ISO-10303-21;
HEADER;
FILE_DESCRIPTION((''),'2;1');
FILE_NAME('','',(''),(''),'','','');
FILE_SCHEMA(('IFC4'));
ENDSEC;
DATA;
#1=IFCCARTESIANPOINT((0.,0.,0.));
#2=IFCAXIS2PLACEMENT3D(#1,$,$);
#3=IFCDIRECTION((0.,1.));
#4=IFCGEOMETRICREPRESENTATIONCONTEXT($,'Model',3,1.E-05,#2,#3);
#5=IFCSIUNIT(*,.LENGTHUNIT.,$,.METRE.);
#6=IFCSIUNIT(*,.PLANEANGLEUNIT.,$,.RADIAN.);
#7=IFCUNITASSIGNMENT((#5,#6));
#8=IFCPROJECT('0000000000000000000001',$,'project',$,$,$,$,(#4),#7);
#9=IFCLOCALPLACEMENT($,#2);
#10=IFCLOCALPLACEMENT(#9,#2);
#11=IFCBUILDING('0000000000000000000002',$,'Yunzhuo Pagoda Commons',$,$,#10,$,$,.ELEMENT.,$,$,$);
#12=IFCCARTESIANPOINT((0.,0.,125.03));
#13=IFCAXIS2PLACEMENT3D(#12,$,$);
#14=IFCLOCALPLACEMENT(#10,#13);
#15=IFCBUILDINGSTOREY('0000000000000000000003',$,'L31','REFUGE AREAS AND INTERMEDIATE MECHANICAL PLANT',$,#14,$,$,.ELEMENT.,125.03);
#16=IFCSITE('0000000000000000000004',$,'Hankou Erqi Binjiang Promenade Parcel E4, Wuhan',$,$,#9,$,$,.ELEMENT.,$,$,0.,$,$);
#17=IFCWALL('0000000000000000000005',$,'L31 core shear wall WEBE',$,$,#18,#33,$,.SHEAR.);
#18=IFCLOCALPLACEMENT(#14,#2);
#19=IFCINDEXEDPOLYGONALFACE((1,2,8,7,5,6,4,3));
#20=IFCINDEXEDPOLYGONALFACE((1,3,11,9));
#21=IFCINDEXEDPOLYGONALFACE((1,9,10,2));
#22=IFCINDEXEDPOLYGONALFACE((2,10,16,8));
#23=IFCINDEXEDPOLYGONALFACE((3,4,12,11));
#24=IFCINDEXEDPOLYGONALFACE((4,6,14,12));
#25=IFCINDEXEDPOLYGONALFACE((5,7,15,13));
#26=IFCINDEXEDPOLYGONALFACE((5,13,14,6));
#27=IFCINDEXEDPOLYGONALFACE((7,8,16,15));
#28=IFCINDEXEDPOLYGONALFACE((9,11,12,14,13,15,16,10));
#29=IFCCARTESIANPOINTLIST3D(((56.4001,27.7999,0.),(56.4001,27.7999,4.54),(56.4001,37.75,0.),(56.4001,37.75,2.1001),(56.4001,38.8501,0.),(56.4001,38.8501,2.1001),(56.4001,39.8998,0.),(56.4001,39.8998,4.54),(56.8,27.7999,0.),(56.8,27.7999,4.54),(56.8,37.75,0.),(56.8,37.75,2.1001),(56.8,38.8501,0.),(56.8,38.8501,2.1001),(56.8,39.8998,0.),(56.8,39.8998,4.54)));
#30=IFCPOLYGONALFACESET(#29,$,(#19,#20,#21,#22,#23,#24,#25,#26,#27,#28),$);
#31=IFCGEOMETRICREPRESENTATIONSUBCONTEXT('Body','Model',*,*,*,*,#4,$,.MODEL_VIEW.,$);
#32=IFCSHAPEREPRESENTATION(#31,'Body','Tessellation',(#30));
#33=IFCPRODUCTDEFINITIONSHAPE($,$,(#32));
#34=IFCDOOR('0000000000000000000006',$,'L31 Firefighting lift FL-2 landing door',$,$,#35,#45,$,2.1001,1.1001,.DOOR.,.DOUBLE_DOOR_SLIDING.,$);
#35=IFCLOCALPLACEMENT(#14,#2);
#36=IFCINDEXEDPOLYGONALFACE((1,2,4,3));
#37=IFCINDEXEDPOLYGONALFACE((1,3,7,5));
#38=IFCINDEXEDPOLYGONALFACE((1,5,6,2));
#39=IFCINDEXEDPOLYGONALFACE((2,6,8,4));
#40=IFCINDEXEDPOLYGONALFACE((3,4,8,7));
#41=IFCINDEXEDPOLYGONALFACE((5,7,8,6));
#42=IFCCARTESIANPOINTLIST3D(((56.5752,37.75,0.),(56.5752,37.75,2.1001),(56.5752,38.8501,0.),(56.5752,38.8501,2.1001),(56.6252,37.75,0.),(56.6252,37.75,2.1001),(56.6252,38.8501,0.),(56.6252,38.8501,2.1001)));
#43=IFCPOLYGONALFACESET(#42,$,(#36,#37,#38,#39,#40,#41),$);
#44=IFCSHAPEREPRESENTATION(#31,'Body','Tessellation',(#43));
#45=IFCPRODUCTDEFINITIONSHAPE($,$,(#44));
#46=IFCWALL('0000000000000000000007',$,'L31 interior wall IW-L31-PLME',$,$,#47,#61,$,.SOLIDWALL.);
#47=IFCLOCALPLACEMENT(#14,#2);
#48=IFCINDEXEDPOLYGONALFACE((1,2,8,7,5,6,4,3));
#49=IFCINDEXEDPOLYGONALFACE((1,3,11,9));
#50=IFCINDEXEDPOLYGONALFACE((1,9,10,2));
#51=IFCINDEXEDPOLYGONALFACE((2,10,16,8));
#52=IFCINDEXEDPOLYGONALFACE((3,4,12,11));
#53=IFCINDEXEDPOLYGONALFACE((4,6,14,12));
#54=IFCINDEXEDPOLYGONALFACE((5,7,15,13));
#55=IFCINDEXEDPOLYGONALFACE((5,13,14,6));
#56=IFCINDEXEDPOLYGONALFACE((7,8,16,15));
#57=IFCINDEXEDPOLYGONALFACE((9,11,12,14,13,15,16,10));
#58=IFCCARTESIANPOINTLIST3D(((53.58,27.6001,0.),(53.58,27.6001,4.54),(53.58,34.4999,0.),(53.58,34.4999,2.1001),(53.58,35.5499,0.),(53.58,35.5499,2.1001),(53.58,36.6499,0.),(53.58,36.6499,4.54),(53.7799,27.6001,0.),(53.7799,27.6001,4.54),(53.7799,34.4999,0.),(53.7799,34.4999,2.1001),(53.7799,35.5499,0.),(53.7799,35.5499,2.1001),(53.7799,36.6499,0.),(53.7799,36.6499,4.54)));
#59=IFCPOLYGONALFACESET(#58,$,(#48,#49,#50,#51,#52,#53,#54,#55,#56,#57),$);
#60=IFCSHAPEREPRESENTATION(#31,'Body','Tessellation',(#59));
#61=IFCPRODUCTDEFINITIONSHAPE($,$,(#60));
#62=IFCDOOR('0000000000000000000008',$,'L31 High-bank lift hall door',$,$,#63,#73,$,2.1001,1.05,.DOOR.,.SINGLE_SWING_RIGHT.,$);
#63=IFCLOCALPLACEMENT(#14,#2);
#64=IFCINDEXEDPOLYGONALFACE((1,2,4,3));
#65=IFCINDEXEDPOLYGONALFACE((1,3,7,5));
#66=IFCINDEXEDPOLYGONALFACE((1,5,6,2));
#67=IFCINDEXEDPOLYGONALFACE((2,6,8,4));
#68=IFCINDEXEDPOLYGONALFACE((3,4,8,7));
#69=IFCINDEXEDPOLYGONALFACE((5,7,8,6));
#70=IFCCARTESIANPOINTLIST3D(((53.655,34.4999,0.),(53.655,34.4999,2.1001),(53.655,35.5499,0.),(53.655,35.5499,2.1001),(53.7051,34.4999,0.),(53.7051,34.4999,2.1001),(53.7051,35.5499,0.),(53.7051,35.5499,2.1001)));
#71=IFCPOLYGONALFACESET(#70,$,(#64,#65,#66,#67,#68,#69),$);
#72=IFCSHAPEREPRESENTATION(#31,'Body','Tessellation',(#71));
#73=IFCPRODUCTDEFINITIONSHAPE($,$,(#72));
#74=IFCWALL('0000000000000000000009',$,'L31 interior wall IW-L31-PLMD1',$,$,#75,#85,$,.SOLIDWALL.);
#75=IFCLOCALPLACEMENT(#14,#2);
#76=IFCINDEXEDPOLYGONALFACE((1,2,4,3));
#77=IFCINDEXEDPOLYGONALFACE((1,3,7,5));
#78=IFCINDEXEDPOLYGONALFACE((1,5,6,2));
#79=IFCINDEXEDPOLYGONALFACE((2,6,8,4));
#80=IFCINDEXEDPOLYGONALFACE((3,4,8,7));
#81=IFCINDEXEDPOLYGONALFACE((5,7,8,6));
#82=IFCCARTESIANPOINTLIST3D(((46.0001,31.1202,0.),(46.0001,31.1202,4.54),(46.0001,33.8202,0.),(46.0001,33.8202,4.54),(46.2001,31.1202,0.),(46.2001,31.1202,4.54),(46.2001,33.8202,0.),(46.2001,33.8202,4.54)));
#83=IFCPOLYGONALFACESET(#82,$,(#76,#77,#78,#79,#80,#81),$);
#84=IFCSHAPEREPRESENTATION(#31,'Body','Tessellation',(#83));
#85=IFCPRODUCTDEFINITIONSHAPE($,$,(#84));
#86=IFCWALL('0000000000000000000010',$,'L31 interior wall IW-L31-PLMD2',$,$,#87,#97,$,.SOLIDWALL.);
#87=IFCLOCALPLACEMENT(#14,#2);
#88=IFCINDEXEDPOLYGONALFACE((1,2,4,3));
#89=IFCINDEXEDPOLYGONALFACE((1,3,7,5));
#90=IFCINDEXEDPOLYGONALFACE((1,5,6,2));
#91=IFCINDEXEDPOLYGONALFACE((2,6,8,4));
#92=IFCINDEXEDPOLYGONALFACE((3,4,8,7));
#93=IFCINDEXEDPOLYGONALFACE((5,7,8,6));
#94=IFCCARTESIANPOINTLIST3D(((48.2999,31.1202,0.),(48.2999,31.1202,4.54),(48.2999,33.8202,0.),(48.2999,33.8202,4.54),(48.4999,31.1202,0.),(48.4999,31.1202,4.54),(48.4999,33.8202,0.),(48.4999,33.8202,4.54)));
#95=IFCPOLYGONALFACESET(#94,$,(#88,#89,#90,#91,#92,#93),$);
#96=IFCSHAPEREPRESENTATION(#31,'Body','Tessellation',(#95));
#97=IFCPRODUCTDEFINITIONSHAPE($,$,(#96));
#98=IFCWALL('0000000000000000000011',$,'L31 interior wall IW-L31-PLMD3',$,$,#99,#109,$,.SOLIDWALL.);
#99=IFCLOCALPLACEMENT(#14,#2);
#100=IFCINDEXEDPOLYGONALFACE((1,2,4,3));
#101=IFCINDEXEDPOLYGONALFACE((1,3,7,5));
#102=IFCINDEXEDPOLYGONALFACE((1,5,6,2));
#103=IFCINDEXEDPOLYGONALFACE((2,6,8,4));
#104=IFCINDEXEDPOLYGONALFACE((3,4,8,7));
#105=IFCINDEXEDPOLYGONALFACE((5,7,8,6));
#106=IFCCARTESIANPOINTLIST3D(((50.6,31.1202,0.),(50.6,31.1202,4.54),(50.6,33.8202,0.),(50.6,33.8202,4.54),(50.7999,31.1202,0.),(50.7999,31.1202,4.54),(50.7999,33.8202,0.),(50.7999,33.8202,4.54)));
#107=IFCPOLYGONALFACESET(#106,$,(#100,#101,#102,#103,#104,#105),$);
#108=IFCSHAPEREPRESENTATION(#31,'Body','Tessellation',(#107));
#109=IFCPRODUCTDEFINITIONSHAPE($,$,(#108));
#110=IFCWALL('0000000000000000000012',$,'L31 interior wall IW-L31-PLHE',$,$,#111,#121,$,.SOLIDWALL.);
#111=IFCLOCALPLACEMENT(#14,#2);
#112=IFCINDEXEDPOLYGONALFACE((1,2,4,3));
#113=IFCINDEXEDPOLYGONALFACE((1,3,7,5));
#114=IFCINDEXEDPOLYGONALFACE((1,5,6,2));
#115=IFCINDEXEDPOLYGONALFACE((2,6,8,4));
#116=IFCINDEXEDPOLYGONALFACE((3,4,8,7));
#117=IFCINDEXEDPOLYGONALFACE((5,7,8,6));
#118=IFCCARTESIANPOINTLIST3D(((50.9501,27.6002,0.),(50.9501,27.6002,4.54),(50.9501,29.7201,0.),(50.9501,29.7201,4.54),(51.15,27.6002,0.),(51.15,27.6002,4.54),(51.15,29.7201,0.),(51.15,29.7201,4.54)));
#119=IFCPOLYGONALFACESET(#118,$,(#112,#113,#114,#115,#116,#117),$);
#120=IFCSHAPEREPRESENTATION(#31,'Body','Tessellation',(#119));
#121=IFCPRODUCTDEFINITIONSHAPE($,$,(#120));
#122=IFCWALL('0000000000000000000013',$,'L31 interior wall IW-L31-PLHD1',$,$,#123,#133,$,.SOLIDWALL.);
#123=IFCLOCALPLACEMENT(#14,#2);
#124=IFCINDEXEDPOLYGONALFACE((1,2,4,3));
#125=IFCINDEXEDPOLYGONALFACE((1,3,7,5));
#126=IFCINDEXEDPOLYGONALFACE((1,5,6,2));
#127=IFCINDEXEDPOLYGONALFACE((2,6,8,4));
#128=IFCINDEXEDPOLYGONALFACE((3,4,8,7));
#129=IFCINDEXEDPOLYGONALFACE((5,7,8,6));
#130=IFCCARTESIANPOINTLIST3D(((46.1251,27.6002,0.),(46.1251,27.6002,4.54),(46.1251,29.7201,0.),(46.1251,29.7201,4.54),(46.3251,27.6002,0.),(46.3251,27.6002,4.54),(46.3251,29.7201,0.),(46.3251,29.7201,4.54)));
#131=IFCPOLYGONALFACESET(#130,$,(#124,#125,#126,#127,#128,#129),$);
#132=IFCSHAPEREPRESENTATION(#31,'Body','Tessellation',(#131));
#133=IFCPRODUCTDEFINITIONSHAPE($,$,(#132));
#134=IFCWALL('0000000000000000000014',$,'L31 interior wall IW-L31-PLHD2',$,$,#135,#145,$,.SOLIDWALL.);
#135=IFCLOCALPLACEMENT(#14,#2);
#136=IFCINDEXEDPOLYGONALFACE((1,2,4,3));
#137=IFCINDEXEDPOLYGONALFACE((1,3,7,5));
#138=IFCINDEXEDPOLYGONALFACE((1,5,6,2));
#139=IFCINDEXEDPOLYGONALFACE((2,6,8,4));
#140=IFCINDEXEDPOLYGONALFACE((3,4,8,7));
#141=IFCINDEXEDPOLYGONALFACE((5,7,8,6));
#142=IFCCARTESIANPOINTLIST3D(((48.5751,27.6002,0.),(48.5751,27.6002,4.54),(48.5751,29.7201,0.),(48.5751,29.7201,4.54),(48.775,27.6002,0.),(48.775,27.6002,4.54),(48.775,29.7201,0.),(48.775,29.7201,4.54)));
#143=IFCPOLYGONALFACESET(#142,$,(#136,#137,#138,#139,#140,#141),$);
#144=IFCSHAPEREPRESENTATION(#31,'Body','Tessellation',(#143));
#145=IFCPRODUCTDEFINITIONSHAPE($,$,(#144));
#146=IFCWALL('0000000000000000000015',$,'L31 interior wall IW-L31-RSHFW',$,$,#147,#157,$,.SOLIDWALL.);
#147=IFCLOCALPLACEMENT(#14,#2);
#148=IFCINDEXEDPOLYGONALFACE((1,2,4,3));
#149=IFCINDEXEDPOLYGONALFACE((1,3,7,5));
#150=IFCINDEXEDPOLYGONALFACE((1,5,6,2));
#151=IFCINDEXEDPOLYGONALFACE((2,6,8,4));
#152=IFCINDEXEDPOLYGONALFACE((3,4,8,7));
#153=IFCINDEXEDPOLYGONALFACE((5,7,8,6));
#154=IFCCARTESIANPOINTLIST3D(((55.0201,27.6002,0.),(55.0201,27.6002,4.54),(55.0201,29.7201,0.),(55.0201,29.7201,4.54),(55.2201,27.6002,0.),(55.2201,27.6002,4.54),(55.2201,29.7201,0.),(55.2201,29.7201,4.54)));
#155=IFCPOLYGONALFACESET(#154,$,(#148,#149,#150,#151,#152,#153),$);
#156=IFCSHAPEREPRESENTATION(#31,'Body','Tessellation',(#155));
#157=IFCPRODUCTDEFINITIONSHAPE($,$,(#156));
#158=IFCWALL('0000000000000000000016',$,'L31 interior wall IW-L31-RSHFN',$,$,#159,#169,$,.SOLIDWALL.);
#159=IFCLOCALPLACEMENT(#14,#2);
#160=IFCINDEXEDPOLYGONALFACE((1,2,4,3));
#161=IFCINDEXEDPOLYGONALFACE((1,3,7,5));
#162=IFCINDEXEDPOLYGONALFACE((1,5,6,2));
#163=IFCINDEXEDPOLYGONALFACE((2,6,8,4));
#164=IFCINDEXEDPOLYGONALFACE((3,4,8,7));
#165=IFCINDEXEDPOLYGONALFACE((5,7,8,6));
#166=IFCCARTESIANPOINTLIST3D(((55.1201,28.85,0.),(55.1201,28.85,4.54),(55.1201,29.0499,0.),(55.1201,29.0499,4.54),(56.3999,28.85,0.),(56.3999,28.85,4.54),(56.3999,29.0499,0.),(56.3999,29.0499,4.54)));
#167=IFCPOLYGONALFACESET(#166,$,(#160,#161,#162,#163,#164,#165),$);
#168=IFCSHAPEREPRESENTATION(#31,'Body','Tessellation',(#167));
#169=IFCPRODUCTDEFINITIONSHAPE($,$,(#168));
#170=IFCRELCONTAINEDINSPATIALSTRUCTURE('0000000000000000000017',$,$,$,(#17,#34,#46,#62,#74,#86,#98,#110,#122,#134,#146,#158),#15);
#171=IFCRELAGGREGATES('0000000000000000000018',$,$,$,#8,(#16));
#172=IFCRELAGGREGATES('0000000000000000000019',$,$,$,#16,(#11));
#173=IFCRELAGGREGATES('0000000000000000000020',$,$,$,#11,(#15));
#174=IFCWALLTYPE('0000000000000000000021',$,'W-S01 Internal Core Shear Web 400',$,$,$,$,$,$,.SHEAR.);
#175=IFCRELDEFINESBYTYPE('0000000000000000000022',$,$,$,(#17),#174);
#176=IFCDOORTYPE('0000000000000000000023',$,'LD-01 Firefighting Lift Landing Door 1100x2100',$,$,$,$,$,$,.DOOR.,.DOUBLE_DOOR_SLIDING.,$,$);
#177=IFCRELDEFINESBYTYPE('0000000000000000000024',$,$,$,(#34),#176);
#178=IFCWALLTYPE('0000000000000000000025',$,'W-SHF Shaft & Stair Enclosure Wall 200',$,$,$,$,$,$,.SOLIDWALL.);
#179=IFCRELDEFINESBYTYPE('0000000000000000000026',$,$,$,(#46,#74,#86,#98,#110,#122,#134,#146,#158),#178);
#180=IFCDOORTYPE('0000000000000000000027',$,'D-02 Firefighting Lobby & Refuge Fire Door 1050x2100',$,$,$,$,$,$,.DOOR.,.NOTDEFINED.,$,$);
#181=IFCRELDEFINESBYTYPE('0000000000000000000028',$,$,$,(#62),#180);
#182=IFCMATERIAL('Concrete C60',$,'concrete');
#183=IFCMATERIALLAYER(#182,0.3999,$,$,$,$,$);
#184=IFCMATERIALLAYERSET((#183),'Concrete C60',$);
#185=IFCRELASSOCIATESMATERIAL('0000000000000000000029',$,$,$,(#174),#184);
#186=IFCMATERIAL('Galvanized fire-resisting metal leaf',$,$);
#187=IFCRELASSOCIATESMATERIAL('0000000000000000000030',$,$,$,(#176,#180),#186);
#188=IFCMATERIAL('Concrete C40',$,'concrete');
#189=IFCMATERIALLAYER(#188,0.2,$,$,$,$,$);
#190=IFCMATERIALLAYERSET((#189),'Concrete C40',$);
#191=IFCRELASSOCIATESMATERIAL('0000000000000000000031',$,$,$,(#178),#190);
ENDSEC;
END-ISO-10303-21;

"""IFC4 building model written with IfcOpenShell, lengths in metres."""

from ifc_helpers import new_model, si_unit, direction, frame, frame_2d, origin, origin_with_axes, place, context, subcontext, project, spatial, rectangle, extrude, source, transform, mapped, material, layer, layer_set, type_object, element, fill, save


model = new_model("IFC4")

# Units and contexts
model_context = context("Model", 3, precision=1e-05, world=origin(), true_north=direction((0.0, 1.0)))
body_context = subcontext(model_context, "Body", "Model", "MODEL_VIEW")
ifc_project = project(units=[si_unit("LENGTHUNIT", "METRE"), si_unit("PLANEANGLEUNIT", "RADIAN")], contexts=[model_context])

# Site, building, storey
site_placement = place(None, origin())
site = spatial("IfcSite", under=ifc_project, at=site_placement, Name="Hankou Erqi Binjiang Promenade Parcel E4, Wuhan", CompositionType="ELEMENT", RefElevation=0.0)
building_placement = place(site_placement, origin())
building = spatial("IfcBuilding", under=site, at=building_placement, Name="Yunzhuo Pagoda Commons", CompositionType="ELEMENT")
storey_placement = place(building_placement, frame((0.0, 0.0, 125.03)))
storey = spatial("IfcBuildingStorey", under=building, at=storey_placement, Name="L31", Description="REFUGE AREAS AND INTERMEDIATE MECHANICAL PLANT", CompositionType="ELEMENT", Elevation=125.03)

# Shared definitions
ifc_material_1 = material(Name="Galvanized fire-resisting metal leaf")

# Walls, openings, doors
ifc_material_2 = material(Name="Concrete C60", Category="concrete")
ifc_layer_1 = layer(ifc_material_2, 0.3999)
ifc_layer_set_1 = layer_set([ifc_layer_1], Name="Concrete C60")
wall_type_1 = type_object("IfcWallType", Name="W-S01 Internal Core Shear Web 400", PredefinedType="SHEAR", material=ifc_layer_set_1)
wall_1_placement = place(storey_placement, frame((56.6001, 27.8, 0.0), z_axis=(0.0, 0.0, 1.0), x_axis=(0.0, 1.0, 0.0)))
wall_1 = element("IfcWall", 1, at=wall_1_placement, inside=storey, type_object=wall_type_1, Name="L31 core shear wall WEBE", PredefinedType="SHEAR", context=body_context, shape_type="SweptSolid", body=[
    extrude(rectangle(XDim=12.0999, YDim=0.3999, at=frame_2d((6.0498, 0.0))), origin(), (0.0, 0.0, 1.0), 4.54),
])
opening_1_placement = place(wall_1_placement, frame((9.95, 0.0, 0.0)))
opening_1 = element("IfcOpeningElement", 2, at=opening_1_placement, cuts=wall_1, PredefinedType="OPENING", context=body_context, shape_type="SweptSolid", body=[
    extrude(rectangle(XDim=1.1001, YDim=2.1001, at=frame_2d((0.55, 1.05))), frame((0.0, 0.21, 0.0), z_axis=(0.0, -1.0, 0.0), x_axis=(1.0, 0.0, 0.0)), (0.0, 0.0, 1.0), 0.4199),
])
door_type_1 = type_object("IfcDoorType", Name="LD-01 Firefighting Lift Landing Door 1100x2100", OperationType="DOUBLE_DOOR_SLIDING", PredefinedType="DOOR", material=ifc_material_1)
shared_shape_1 = source(origin(), body_context, "Body", "SweptSolid", [
    extrude(rectangle(XDim=1.1001, YDim=2.1001, at=frame_2d((0.55, 1.05))), frame((0.0, 0.0249, 0.0), z_axis=(0.0, -1.0, 0.0), x_axis=(1.0, 0.0, 0.0)), (0.0, 0.0, 1.0), 0.05),
])
door_1_placement = place(opening_1_placement, origin_with_axes())
door_1 = element("IfcDoor", 3, at=door_1_placement, inside=storey, type_object=door_type_1, Name="L31 Firefighting lift FL-2 landing door", OperationType="DOUBLE_DOOR_SLIDING", OverallHeight=2.1001, OverallWidth=1.1001, PredefinedType="DOOR", context=body_context, shape_type="MappedRepresentation", body=[
    mapped(shared_shape_1, transform((0.0, 0.0, 0.0), scale=1.0)),
])
fill(opening_1, door_1)
ifc_material_3 = material(Name="Concrete C40", Category="concrete")
ifc_layer_2 = layer(ifc_material_3, 0.2)
ifc_layer_set_2 = layer_set([ifc_layer_2], Name="Concrete C40")
wall_type_2 = type_object("IfcWallType", Name="W-SHF Shaft & Stair Enclosure Wall 200", PredefinedType="SOLIDWALL", material=ifc_layer_set_2)
wall_2_placement = place(storey_placement, frame((53.6799, 27.6001, 0.0), z_axis=(0.0, 0.0, 1.0), x_axis=(0.0, 1.0, 0.0)))
wall_2 = element("IfcWall", 4, at=wall_2_placement, inside=storey, type_object=wall_type_2, Name="L31 interior wall IW-L31-PLME", PredefinedType="SOLIDWALL", context=body_context, shape_type="SweptSolid", body=[
    extrude(rectangle(XDim=9.0498, YDim=0.2, at=frame_2d((4.5249, 0.0))), origin(), (0.0, 0.0, 1.0), 4.54),
])
opening_2_placement = place(wall_2_placement, frame((6.8999, 0.0, 0.0)))
opening_2 = element("IfcOpeningElement", 5, at=opening_2_placement, cuts=wall_2, PredefinedType="OPENING", context=body_context, shape_type="SweptSolid", body=[
    extrude(rectangle(XDim=1.05, YDim=2.1001, at=frame_2d((0.5249, 1.05))), frame((0.0, 0.1099, 0.0), z_axis=(0.0, -1.0, 0.0), x_axis=(1.0, 0.0, 0.0)), (0.0, 0.0, 1.0), 0.22),
])
door_type_2 = type_object("IfcDoorType", Name="D-02 Firefighting Lobby & Refuge Fire Door 1050x2100", OperationType="NOTDEFINED", PredefinedType="DOOR", material=ifc_material_1)
shared_shape_2 = source(origin(), body_context, "Body", "SweptSolid", [
    extrude(rectangle(XDim=1.05, YDim=2.1001, at=frame_2d((0.5249, 1.05))), frame((0.0, 0.0249, 0.0), z_axis=(0.0, -1.0, 0.0), x_axis=(1.0, 0.0, 0.0)), (0.0, 0.0, 1.0), 0.05),
])
door_2_placement = place(opening_2_placement, origin_with_axes())
door_2 = element("IfcDoor", 6, at=door_2_placement, inside=storey, type_object=door_type_2, Name="L31 High-bank lift hall door", OperationType="SINGLE_SWING_RIGHT", OverallHeight=2.1001, OverallWidth=1.05, PredefinedType="DOOR", context=body_context, shape_type="MappedRepresentation", body=[
    mapped(shared_shape_2, transform((0.0, 0.0, 0.0), scale=1.0)),
])
fill(opening_2, door_2)

# Walls
for number, where, z_axis, x_axis, name in (
    (7, (46.1001, 31.1201, 0.0), (0.0, 0.0, 1.0), (0.0, 1.0, 0.0), "L31 interior wall IW-L31-PLMD1"),
    (8, (48.3999, 31.1201, 0.0), (0.0, 0.0, 1.0), (0.0, 1.0, 0.0), "L31 interior wall IW-L31-PLMD2"),
    (9, (50.7, 31.1201, 0.0), (0.0, 0.0, 1.0), (0.0, 1.0, 0.0), "L31 interior wall IW-L31-PLMD3"),
):
    element("IfcWall", number, at=place(storey_placement, frame(where, z_axis=z_axis, x_axis=x_axis)), inside=storey, type_object=wall_type_2, Name=name, PredefinedType="SOLIDWALL", context=body_context, shape_type="SweptSolid", body=[
        extrude(rectangle(XDim=2.7, YDim=0.2, at=frame_2d((1.3501, 0.0))), origin(), (0.0, 0.0, 1.0), 4.54),
    ])
for number, where, z_axis, x_axis, name in (
    (10, (51.05, 27.6001, 0.0), (0.0, 0.0, 1.0), (0.0, 1.0, 0.0), "L31 interior wall IW-L31-PLHE"),
    (11, (46.2251, 27.6001, 0.0), (0.0, 0.0, 1.0), (0.0, 1.0, 0.0), "L31 interior wall IW-L31-PLHD1"),
    (12, (48.675, 27.6001, 0.0), (0.0, 0.0, 1.0), (0.0, 1.0, 0.0), "L31 interior wall IW-L31-PLHD2"),
    (13, (55.1201, 27.6001, 0.0), (0.0, 0.0, 1.0), (0.0, 1.0, 0.0), "L31 interior wall IW-L31-RSHFW"),
):
    element("IfcWall", number, at=place(storey_placement, frame(where, z_axis=z_axis, x_axis=x_axis)), inside=storey, type_object=wall_type_2, Name=name, PredefinedType="SOLIDWALL", context=body_context, shape_type="SweptSolid", body=[
        extrude(rectangle(XDim=2.1199, YDim=0.2, at=frame_2d((1.0601, 0.0))), origin(), (0.0, 0.0, 1.0), 4.54),
    ])
wall_3_placement = place(storey_placement, frame((55.1201, 28.95, 0.0), z_axis=(0.0, 0.0, 1.0), x_axis=(1.0, 0.0, 0.0)))
element("IfcWall", 14, at=wall_3_placement, inside=storey, type_object=wall_type_2, Name="L31 interior wall IW-L31-RSHFN", PredefinedType="SOLIDWALL", context=body_context, shape_type="SweptSolid", body=[
    extrude(rectangle(XDim=1.2798, YDim=0.2, at=frame_2d((0.6399, 0.0))), origin(), (0.0, 0.0, 1.0), 4.54),
])

save(model, "model.ifc")
